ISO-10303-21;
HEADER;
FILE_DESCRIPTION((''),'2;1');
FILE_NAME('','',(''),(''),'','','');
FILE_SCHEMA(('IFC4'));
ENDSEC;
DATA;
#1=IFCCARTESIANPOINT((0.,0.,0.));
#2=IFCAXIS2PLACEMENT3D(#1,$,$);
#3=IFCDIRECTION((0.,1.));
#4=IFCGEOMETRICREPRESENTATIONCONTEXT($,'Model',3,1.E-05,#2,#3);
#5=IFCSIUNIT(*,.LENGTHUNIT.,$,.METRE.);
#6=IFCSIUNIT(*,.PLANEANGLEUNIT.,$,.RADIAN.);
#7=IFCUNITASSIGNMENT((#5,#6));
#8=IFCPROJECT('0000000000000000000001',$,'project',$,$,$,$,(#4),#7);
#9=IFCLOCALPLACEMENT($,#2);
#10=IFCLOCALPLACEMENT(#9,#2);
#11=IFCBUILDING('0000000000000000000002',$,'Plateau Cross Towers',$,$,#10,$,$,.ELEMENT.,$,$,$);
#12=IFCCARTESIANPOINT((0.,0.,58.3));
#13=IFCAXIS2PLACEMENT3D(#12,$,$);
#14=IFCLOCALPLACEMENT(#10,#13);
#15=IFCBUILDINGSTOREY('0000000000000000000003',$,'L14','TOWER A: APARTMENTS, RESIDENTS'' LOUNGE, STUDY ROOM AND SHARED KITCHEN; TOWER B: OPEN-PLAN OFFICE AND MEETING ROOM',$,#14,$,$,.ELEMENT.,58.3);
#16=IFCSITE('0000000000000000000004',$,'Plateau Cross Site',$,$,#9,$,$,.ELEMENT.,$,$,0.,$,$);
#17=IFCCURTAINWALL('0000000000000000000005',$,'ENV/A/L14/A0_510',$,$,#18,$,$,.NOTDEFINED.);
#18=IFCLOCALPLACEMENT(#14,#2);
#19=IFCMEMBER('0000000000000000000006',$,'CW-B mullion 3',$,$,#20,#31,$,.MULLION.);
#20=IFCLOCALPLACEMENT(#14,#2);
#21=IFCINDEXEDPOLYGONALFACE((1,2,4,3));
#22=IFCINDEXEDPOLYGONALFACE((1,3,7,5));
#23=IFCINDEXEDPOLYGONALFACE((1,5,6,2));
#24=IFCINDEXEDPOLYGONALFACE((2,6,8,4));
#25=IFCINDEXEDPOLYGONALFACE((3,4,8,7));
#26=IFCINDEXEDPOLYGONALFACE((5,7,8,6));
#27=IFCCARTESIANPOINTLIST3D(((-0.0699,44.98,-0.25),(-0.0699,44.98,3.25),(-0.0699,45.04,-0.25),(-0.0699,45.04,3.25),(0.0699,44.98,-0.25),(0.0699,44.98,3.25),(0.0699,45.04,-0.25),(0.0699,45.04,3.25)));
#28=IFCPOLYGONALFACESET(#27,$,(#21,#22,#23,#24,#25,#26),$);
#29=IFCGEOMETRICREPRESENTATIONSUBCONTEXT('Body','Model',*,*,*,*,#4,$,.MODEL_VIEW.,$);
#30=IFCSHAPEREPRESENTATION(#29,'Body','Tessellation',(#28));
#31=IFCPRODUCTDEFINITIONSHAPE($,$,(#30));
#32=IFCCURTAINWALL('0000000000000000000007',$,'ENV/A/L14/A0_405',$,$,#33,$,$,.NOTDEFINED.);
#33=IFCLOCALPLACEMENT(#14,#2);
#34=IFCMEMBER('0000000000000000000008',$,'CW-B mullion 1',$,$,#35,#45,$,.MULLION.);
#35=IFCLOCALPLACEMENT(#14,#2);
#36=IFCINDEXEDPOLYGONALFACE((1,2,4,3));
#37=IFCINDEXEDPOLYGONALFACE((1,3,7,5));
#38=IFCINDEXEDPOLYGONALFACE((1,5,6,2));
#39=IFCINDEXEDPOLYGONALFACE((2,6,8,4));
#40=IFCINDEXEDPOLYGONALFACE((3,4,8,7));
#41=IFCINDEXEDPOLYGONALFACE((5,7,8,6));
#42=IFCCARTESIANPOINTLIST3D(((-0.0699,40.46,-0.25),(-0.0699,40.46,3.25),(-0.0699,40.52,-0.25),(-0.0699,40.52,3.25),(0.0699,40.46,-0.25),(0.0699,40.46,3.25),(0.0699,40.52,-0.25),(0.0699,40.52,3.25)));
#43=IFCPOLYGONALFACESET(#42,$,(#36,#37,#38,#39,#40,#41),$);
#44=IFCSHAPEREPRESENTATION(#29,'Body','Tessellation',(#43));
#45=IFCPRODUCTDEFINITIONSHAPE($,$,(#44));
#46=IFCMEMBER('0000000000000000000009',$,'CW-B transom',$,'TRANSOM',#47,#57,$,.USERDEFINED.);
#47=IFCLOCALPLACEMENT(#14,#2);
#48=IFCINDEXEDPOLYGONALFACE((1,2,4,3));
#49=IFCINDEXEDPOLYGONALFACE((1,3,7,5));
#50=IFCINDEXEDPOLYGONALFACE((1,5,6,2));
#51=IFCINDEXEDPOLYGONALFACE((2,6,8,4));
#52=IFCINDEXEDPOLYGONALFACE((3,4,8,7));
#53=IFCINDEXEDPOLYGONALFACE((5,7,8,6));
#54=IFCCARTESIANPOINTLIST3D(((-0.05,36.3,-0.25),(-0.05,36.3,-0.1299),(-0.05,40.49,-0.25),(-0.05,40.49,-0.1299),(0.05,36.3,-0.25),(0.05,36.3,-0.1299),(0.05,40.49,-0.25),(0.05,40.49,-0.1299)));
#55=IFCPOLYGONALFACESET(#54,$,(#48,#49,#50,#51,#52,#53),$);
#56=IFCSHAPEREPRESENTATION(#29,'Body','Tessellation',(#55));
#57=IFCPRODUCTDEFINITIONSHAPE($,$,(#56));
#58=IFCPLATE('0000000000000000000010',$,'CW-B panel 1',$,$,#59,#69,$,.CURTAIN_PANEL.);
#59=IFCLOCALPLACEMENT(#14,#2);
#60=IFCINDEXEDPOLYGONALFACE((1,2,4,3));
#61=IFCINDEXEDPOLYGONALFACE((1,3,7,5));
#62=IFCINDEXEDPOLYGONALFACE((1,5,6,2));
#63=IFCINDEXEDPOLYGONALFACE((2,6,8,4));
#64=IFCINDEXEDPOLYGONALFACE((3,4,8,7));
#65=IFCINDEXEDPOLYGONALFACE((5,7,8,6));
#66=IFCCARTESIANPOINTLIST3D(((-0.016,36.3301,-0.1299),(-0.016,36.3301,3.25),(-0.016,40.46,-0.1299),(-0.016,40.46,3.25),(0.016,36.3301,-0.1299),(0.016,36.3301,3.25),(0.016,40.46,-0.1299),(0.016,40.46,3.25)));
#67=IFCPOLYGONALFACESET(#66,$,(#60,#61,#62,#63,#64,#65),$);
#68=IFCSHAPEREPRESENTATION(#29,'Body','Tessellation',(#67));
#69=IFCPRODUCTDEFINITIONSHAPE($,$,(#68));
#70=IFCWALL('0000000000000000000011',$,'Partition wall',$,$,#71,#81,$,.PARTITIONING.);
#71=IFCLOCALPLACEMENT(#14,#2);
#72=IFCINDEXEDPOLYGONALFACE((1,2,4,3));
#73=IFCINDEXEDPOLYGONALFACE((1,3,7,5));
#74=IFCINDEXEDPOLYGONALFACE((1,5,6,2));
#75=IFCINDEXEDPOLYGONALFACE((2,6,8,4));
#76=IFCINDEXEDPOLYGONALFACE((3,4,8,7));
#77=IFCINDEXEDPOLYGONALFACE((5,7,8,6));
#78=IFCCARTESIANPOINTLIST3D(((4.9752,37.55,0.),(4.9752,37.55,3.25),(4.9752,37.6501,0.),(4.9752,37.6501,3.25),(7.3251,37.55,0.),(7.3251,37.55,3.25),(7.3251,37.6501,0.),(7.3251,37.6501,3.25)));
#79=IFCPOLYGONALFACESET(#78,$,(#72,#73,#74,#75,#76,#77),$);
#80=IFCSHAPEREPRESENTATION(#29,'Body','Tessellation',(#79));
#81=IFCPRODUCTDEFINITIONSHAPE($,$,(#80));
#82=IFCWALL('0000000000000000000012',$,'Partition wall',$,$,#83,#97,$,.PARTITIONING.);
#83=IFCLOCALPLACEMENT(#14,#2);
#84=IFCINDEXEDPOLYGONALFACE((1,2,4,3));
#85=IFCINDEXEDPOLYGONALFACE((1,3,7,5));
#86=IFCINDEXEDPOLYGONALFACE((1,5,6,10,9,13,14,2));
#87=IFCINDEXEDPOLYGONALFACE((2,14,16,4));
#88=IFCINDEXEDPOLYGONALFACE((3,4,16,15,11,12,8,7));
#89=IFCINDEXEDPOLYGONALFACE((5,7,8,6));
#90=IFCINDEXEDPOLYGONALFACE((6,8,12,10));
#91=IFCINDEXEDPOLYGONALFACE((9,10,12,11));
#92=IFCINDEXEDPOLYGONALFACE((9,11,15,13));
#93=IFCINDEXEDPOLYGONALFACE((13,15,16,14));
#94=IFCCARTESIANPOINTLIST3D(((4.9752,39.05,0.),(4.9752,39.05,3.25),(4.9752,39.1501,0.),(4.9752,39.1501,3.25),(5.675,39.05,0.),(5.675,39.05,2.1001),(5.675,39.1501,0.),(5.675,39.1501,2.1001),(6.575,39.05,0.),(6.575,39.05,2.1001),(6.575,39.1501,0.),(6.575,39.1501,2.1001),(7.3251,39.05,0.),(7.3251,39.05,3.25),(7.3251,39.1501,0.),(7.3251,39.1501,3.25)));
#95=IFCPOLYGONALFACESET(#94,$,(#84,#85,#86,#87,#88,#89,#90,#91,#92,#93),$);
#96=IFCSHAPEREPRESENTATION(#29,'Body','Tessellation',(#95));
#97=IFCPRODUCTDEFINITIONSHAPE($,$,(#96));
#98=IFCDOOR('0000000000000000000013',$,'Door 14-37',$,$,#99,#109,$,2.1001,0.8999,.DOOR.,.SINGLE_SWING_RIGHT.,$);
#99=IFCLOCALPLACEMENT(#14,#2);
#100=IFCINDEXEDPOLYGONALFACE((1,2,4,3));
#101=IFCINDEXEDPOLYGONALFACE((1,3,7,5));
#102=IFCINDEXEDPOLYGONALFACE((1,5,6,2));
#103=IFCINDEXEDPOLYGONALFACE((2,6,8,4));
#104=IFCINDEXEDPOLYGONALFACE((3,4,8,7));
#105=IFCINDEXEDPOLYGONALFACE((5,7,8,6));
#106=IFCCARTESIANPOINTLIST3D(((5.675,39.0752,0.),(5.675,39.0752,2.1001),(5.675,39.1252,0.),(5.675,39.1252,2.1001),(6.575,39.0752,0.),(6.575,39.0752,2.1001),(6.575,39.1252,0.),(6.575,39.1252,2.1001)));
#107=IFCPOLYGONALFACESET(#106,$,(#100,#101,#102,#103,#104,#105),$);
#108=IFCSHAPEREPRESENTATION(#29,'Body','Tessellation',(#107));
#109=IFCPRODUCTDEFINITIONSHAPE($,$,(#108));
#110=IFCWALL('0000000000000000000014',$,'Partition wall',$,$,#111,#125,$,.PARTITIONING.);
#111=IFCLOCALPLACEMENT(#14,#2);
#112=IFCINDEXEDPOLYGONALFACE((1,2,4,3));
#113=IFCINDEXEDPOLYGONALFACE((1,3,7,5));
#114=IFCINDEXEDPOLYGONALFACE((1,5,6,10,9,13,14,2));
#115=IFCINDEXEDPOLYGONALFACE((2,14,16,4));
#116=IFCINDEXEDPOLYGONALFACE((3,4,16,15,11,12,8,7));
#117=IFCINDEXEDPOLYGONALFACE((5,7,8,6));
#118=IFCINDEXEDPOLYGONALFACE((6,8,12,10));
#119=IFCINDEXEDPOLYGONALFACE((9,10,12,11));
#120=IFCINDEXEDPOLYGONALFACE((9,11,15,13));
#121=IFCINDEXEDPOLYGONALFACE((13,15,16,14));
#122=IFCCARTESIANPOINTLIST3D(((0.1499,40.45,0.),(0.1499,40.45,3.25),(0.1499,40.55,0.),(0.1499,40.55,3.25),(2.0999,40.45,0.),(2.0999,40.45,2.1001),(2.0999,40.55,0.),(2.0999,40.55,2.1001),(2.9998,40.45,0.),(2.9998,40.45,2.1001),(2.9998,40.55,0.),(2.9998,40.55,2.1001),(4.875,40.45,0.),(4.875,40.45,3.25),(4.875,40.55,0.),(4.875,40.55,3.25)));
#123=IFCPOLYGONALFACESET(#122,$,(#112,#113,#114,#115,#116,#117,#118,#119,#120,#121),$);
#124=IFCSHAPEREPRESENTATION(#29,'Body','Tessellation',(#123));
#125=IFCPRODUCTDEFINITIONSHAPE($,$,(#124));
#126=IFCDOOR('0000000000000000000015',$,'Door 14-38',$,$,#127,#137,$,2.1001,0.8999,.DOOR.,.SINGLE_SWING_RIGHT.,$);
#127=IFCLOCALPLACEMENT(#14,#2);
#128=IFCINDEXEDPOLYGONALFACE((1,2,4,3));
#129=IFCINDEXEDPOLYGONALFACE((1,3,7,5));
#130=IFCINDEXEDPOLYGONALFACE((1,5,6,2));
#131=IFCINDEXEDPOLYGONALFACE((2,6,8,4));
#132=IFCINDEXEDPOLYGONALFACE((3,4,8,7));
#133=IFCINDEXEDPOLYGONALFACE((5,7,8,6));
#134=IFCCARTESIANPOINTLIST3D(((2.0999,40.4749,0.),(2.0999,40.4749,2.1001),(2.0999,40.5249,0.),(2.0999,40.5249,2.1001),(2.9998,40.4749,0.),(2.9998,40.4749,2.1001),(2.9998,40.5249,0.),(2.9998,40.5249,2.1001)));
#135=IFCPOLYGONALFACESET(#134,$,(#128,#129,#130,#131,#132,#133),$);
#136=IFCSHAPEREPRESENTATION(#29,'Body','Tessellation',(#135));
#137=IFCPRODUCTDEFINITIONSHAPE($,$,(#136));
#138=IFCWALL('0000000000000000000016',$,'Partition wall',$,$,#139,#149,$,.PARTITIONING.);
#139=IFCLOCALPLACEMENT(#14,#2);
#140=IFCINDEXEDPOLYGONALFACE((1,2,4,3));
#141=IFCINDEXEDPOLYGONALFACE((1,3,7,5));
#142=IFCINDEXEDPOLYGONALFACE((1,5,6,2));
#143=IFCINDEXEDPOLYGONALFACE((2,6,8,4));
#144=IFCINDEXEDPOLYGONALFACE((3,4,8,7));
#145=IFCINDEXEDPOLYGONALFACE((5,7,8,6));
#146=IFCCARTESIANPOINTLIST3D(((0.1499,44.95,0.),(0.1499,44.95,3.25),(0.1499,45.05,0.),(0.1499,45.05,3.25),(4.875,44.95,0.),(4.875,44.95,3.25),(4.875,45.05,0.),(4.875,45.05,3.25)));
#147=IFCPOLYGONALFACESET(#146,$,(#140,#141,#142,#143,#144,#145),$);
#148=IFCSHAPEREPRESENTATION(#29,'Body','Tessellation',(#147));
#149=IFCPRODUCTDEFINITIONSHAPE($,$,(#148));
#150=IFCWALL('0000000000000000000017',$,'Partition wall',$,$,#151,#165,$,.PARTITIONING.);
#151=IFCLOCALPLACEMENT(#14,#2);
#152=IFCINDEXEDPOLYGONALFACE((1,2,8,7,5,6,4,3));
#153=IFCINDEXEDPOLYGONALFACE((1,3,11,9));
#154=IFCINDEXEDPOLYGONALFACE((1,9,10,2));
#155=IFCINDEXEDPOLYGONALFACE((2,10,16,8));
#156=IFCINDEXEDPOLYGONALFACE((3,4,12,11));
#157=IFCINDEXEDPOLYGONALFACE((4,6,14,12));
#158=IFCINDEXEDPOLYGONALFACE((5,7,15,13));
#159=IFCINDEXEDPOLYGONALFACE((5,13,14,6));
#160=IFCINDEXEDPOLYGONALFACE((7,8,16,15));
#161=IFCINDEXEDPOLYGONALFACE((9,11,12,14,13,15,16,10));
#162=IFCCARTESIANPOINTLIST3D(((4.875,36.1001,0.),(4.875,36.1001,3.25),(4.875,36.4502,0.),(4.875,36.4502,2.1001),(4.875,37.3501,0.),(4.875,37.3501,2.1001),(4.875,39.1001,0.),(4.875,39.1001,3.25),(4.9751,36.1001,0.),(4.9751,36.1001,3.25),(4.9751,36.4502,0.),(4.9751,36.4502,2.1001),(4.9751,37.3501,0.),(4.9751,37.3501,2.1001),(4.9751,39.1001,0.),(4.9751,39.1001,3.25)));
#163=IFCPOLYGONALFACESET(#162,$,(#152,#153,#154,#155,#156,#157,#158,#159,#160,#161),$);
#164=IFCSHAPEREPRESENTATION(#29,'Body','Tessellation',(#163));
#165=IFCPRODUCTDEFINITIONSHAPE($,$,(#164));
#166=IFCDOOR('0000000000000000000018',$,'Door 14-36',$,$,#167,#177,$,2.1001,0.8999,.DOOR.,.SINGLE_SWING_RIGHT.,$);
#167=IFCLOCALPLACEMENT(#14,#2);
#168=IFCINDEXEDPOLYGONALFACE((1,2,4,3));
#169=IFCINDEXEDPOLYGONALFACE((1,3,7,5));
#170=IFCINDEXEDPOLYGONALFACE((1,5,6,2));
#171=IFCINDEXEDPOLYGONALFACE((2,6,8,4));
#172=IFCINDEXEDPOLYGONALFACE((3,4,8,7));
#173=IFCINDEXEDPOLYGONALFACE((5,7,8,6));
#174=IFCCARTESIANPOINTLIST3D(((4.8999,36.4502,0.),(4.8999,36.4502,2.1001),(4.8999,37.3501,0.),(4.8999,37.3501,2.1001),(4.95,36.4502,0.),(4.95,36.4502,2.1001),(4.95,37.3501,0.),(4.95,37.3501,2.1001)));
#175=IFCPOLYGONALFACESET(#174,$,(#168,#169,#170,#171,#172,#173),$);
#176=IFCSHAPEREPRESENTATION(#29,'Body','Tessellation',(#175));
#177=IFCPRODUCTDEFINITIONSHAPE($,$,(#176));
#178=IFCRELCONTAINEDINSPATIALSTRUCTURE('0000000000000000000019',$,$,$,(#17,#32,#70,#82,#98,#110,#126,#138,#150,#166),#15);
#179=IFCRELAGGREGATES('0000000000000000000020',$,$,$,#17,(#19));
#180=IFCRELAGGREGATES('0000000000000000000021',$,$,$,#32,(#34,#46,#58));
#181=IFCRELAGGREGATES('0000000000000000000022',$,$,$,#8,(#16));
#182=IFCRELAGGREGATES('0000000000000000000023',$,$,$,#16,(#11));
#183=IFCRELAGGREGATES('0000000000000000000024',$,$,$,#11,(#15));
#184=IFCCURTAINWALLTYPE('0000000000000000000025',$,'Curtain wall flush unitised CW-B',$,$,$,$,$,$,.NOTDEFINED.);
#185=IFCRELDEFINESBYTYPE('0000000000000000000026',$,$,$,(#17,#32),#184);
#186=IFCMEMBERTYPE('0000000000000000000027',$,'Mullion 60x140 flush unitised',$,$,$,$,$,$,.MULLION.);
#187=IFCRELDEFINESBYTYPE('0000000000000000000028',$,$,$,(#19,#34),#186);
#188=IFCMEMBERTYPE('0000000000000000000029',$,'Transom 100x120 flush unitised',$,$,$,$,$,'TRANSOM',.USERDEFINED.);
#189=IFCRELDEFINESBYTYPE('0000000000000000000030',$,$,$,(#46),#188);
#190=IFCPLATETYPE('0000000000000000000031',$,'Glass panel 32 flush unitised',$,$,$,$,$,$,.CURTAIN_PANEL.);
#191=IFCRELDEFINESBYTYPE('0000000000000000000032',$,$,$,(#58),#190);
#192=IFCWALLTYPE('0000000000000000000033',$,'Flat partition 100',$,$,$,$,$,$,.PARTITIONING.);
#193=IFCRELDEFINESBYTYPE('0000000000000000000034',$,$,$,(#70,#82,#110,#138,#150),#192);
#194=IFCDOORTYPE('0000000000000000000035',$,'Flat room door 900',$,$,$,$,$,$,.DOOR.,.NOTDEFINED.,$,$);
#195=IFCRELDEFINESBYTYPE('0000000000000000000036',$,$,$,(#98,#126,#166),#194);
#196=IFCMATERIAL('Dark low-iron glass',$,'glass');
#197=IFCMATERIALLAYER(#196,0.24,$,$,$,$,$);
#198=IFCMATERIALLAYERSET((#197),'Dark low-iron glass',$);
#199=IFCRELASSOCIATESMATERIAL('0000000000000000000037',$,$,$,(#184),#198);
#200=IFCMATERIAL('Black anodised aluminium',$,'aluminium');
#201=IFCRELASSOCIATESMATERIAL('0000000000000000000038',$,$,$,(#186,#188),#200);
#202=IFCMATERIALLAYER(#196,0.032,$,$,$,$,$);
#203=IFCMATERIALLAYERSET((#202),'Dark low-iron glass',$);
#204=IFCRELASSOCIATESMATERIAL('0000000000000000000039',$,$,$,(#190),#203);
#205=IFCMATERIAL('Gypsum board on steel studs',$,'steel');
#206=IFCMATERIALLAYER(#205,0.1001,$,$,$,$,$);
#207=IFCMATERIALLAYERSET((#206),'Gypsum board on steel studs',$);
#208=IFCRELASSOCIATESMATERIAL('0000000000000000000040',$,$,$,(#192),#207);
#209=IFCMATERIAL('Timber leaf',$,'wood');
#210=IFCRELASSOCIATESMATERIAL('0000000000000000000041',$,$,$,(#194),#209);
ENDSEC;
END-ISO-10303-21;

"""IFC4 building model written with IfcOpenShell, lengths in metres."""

from ifc_helpers import new_model, si_unit, direction, frame, frame_2d, origin, origin_2d, place, context, subcontext, project, spatial, rectangle, extrude, material, layer, layer_set, material_profile, profile_set, type_object, element, fill, aggregate, save


model = new_model("IFC4")

# Units and contexts
model_context = context("Model", 3, precision=1e-05, world=origin(), true_north=direction((0.0, 1.0)))
body_context = subcontext(model_context, "Body", "Model", "MODEL_VIEW")
ifc_project = project(units=[si_unit("LENGTHUNIT", "METRE"), si_unit("PLANEANGLEUNIT", "RADIAN")], contexts=[model_context])

# Site, building, storey
site_placement = place(None, origin())
site = spatial("IfcSite", under=ifc_project, at=site_placement, Name="Plateau Cross Site", CompositionType="ELEMENT", RefElevation=0.0)
building_placement = place(site_placement, origin())
building = spatial("IfcBuilding", under=site, at=building_placement, Name="Plateau Cross Towers", CompositionType="ELEMENT")
storey_placement = place(building_placement, frame((0.0, 0.0, 58.3)))
storey = spatial("IfcBuildingStorey", under=building, at=storey_placement, Name="L14", Description="TOWER A: APARTMENTS, RESIDENTS' LOUNGE, STUDY ROOM AND SHARED KITCHEN; TOWER B: OPEN-PLAN OFFICE AND MEETING ROOM", CompositionType="ELEMENT", Elevation=58.3)

# Curtain wall, member
ifc_material_1 = material(Name="Dark low-iron glass", Category="glass")
ifc_layer_1 = layer(ifc_material_1, 0.24)
ifc_layer_set_1 = layer_set([ifc_layer_1], Name="Dark low-iron glass")
curtain_wall_type = type_object("IfcCurtainWallType", Name="Curtain wall flush unitised CW-B", PredefinedType="NOTDEFINED", material=ifc_layer_set_1)
curtain_wall_1_placement = place(storey_placement, origin())
curtain_wall_1 = element("IfcCurtainWall", 1, at=curtain_wall_1_placement, inside=storey, type_object=curtain_wall_type, Name="ENV/A/L14/A0_510", PredefinedType="NOTDEFINED")
ifc_material_2 = material(Name="Black anodised aluminium", Category="aluminium")
ifc_material_profile_1 = material_profile(ifc_material_2, rectangle(XDim=0.0601, YDim=0.1399, at=origin_2d()), Name="MULLION 60x140")
ifc_profile_set_1 = profile_set([ifc_material_profile_1], Name="Black anodised aluminium")
member_type_1 = type_object("IfcMemberType", Name="Mullion 60x140 flush unitised", PredefinedType="MULLION", material=ifc_profile_set_1)
member_1_placement = place(storey_placement, frame((0.0, 45.01, -0.25), z_axis=(0.0, 0.0, 1.0), x_axis=(0.0, -1.0, 0.0)))
member_1 = element("IfcMember", 2, at=member_1_placement, type_object=member_type_1, Name="CW-B mullion 3", PredefinedType="MULLION", context=body_context, shape_type="SweptSolid", body=[
    extrude(rectangle(XDim=0.0601, YDim=0.1399, at=origin_2d()), origin(), (0.0, 0.0, 1.0), 3.5),
])
aggregate(curtain_wall_1, [member_1])

# Curtain wall, members, plate
curtain_wall_2_placement = place(storey_placement, origin())
curtain_wall_2 = element("IfcCurtainWall", 3, at=curtain_wall_2_placement, inside=storey, type_object=curtain_wall_type, Name="ENV/A/L14/A0_405", PredefinedType="NOTDEFINED")
member_2_placement = place(storey_placement, frame((0.0, 40.49, -0.25), z_axis=(0.0, 0.0, 1.0), x_axis=(0.0, -1.0, 0.0)))
member_2 = element("IfcMember", 4, at=member_2_placement, type_object=member_type_1, Name="CW-B mullion 1", PredefinedType="MULLION", context=body_context, shape_type="SweptSolid", body=[
    extrude(rectangle(XDim=0.0601, YDim=0.1399, at=origin_2d()), origin(), (0.0, 0.0, 1.0), 3.5),
])
ifc_material_profile_2 = material_profile(ifc_material_2, rectangle(XDim=0.1001, YDim=0.1201, at=origin_2d()), Name="TRANSOM 100x120")
ifc_profile_set_2 = profile_set([ifc_material_profile_2], Name="Black anodised aluminium")
member_type_2 = type_object("IfcMemberType", Name="Transom 100x120 flush unitised", ElementType="TRANSOM", PredefinedType="USERDEFINED", material=ifc_profile_set_2)
member_3_placement = place(storey_placement, frame((0.0, 40.49, -0.1899), z_axis=(0.0, -1.0, 0.0), x_axis=(1.0, 0.0, 0.0)))
member_3 = element("IfcMember", 5, at=member_3_placement, type_object=member_type_2, Name="CW-B transom", ObjectType="TRANSOM", PredefinedType="USERDEFINED", context=body_context, shape_type="SweptSolid", body=[
    extrude(rectangle(XDim=0.1001, YDim=0.1201, at=origin_2d()), origin(), (0.0, 0.0, 1.0), 4.1899),
])
ifc_layer_2 = layer(ifc_material_1, 0.032)
ifc_layer_set_2 = layer_set([ifc_layer_2], Name="Dark low-iron glass")
plate_type = type_object("IfcPlateType", Name="Glass panel 32 flush unitised", PredefinedType="CURTAIN_PANEL", material=ifc_layer_set_2)
plate_placement = place(storey_placement, frame((0.0, 38.395, -0.1299), z_axis=(0.0, 0.0, 1.0), x_axis=(0.0, -1.0, 0.0)))
plate = element("IfcPlate", 6, at=plate_placement, type_object=plate_type, Name="CW-B panel 1", PredefinedType="CURTAIN_PANEL", context=body_context, shape_type="SweptSolid", body=[
    extrude(rectangle(XDim=4.1299, YDim=0.032, at=origin_2d()), origin(), (0.0, 0.0, 1.0), 3.3799),
])
aggregate(curtain_wall_2, [member_2, member_3, plate])

# Wall
ifc_material_3 = material(Name="Gypsum board on steel studs", Category="steel")
ifc_layer_3 = layer(ifc_material_3, 0.1001)
ifc_layer_set_3 = layer_set([ifc_layer_3], Name="Gypsum board on steel studs")
wall_type_1 = type_object("IfcWallType", Name="Flat partition 100", PredefinedType="PARTITIONING", material=ifc_layer_set_3)
wall_1_placement = place(storey_placement, frame((7.325, 37.6001, 0.0), z_axis=(0.0, 0.0, 1.0), x_axis=(-1.0, 0.0, 0.0)))
element("IfcWall", 7, at=wall_1_placement, inside=storey, type_object=wall_type_1, Name="Partition wall", PredefinedType="PARTITIONING", context=body_context, shape_type="SweptSolid", body=[
    extrude(rectangle(XDim=2.3499, YDim=0.1001, at=frame_2d((1.1748, 0.0))), origin(), (0.0, 0.0, 1.0), 3.25),
])

# Walls, openings, doors
wall_2_placement = place(storey_placement, frame((7.325, 39.1001, 0.0), z_axis=(0.0, 0.0, 1.0), x_axis=(-1.0, 0.0, 0.0)))
wall_2 = element("IfcWall", 8, at=wall_2_placement, inside=storey, type_object=wall_type_1, Name="Partition wall", PredefinedType="PARTITIONING", context=body_context, shape_type="SweptSolid", body=[
    extrude(rectangle(XDim=2.3499, YDim=0.1001, at=frame_2d((1.1748, 0.0))), origin(), (0.0, 0.0, 1.0), 3.25),
])
opening_1_placement = place(wall_2_placement, frame((0.75, 0.0, 0.0)))
opening_1 = element("IfcOpeningElement", 9, at=opening_1_placement, cuts=wall_2, PredefinedType="OPENING", context=body_context, shape_type="SweptSolid", body=[
    extrude(rectangle(XDim=0.8999, YDim=2.1001, at=frame_2d((0.45, 1.05))), frame((0.0, 0.0601, 0.0), z_axis=(0.0, -1.0, 0.0), x_axis=(1.0, 0.0, 0.0)), (0.0, 0.0, 1.0), 0.1201),
])
ifc_material_4 = material(Name="Timber leaf", Category="wood")
door_type_1 = type_object("IfcDoorType", Name="Flat room door 900", OperationType="NOTDEFINED", PredefinedType="DOOR", material=ifc_material_4)
door_1_placement = place(opening_1_placement, origin())
door_1 = element("IfcDoor", 10, at=door_1_placement, inside=storey, type_object=door_type_1, Name="Door 14-37", OperationType="SINGLE_SWING_RIGHT", OverallHeight=2.1001, OverallWidth=0.8999, PredefinedType="DOOR", context=body_context, shape_type="SweptSolid", body=[
    extrude(rectangle(XDim=0.8999, YDim=2.1001, at=frame_2d((0.45, 1.05))), frame((0.0, 0.0249, 0.0), z_axis=(0.0, -1.0, 0.0), x_axis=(1.0, 0.0, 0.0)), (0.0, 0.0, 1.0), 0.05),
])
fill(opening_1, door_1)
wall_3_placement = place(storey_placement, frame((0.1499, 40.5, 0.0), z_axis=(0.0, 0.0, 1.0), x_axis=(1.0, 0.0, 0.0)))
wall_3 = element("IfcWall", 11, at=wall_3_placement, inside=storey, type_object=wall_type_1, Name="Partition wall", PredefinedType="PARTITIONING", context=body_context, shape_type="SweptSolid", body=[
    extrude(rectangle(XDim=4.7251, YDim=0.1001, at=frame_2d((2.3625, 0.0))), origin(), (0.0, 0.0, 1.0), 3.25),
])
opening_2_placement = place(wall_3_placement, frame((1.95, 0.0, 0.0)))
opening_2 = element("IfcOpeningElement", 12, at=opening_2_placement, cuts=wall_3, PredefinedType="OPENING", context=body_context, shape_type="SweptSolid", body=[
    extrude(rectangle(XDim=0.8999, YDim=2.1001, at=frame_2d((0.45, 1.05))), frame((0.0, 0.0601, 0.0), z_axis=(0.0, -1.0, 0.0), x_axis=(1.0, 0.0, 0.0)), (0.0, 0.0, 1.0), 0.1201),
])
door_2_placement = place(opening_2_placement, origin())
door_2 = element("IfcDoor", 13, at=door_2_placement, inside=storey, type_object=door_type_1, Name="Door 14-38", OperationType="SINGLE_SWING_RIGHT", OverallHeight=2.1001, OverallWidth=0.8999, PredefinedType="DOOR", context=body_context, shape_type="SweptSolid", body=[
    extrude(rectangle(XDim=0.8999, YDim=2.1001, at=frame_2d((0.45, 1.05))), frame((0.0, 0.0249, 0.0), z_axis=(0.0, -1.0, 0.0), x_axis=(1.0, 0.0, 0.0)), (0.0, 0.0, 1.0), 0.05),
])
fill(opening_2, door_2)

# Wall
wall_4_placement = place(storey_placement, frame((4.875, 45.0, 0.0), z_axis=(0.0, 0.0, 1.0), x_axis=(-1.0, 0.0, 0.0)))
element("IfcWall", 14, at=wall_4_placement, inside=storey, type_object=wall_type_1, Name="Partition wall", PredefinedType="PARTITIONING", context=body_context, shape_type="SweptSolid", body=[
    extrude(rectangle(XDim=4.7251, YDim=0.1001, at=frame_2d((2.3625, 0.0))), origin(), (0.0, 0.0, 1.0), 3.25),
])

# Wall, opening, door
wall_5_placement = place(storey_placement, frame((4.925, 39.1001, 0.0), z_axis=(0.0, 0.0, 1.0), x_axis=(0.0, -1.0, 0.0)))
wall_5 = element("IfcWall", 15, at=wall_5_placement, inside=storey, type_object=wall_type_1, Name="Partition wall", PredefinedType="PARTITIONING", context=body_context, shape_type="SweptSolid", body=[
    extrude(rectangle(XDim=3.0, YDim=0.1001, at=frame_2d((1.5, 0.0))), origin(), (0.0, 0.0, 1.0), 3.25),
])
opening_3_placement = place(wall_5_placement, frame((1.75, 0.0, 0.0)))
opening_3 = element("IfcOpeningElement", 16, at=opening_3_placement, cuts=wall_5, PredefinedType="OPENING", context=body_context, shape_type="SweptSolid", body=[
    extrude(rectangle(XDim=0.8999, YDim=2.1001, at=frame_2d((0.45, 1.05))), frame((0.0, 0.0601, 0.0), z_axis=(0.0, -1.0, 0.0), x_axis=(1.0, 0.0, 0.0)), (0.0, 0.0, 1.0), 0.1201),
])
door_3_placement = place(opening_3_placement, origin())
door_3 = element("IfcDoor", 17, at=door_3_placement, inside=storey, type_object=door_type_1, Name="Door 14-36", OperationType="SINGLE_SWING_RIGHT", OverallHeight=2.1001, OverallWidth=0.8999, PredefinedType="DOOR", context=body_context, shape_type="SweptSolid", body=[
    extrude(rectangle(XDim=0.8999, YDim=2.1001, at=frame_2d((0.45, 1.05))), frame((0.0, 0.0249, 0.0), z_axis=(0.0, -1.0, 0.0), x_axis=(1.0, 0.0, 0.0)), (0.0, 0.0, 1.0), 0.05),
])
fill(opening_3, door_3)

save(model, "model.ifc")
